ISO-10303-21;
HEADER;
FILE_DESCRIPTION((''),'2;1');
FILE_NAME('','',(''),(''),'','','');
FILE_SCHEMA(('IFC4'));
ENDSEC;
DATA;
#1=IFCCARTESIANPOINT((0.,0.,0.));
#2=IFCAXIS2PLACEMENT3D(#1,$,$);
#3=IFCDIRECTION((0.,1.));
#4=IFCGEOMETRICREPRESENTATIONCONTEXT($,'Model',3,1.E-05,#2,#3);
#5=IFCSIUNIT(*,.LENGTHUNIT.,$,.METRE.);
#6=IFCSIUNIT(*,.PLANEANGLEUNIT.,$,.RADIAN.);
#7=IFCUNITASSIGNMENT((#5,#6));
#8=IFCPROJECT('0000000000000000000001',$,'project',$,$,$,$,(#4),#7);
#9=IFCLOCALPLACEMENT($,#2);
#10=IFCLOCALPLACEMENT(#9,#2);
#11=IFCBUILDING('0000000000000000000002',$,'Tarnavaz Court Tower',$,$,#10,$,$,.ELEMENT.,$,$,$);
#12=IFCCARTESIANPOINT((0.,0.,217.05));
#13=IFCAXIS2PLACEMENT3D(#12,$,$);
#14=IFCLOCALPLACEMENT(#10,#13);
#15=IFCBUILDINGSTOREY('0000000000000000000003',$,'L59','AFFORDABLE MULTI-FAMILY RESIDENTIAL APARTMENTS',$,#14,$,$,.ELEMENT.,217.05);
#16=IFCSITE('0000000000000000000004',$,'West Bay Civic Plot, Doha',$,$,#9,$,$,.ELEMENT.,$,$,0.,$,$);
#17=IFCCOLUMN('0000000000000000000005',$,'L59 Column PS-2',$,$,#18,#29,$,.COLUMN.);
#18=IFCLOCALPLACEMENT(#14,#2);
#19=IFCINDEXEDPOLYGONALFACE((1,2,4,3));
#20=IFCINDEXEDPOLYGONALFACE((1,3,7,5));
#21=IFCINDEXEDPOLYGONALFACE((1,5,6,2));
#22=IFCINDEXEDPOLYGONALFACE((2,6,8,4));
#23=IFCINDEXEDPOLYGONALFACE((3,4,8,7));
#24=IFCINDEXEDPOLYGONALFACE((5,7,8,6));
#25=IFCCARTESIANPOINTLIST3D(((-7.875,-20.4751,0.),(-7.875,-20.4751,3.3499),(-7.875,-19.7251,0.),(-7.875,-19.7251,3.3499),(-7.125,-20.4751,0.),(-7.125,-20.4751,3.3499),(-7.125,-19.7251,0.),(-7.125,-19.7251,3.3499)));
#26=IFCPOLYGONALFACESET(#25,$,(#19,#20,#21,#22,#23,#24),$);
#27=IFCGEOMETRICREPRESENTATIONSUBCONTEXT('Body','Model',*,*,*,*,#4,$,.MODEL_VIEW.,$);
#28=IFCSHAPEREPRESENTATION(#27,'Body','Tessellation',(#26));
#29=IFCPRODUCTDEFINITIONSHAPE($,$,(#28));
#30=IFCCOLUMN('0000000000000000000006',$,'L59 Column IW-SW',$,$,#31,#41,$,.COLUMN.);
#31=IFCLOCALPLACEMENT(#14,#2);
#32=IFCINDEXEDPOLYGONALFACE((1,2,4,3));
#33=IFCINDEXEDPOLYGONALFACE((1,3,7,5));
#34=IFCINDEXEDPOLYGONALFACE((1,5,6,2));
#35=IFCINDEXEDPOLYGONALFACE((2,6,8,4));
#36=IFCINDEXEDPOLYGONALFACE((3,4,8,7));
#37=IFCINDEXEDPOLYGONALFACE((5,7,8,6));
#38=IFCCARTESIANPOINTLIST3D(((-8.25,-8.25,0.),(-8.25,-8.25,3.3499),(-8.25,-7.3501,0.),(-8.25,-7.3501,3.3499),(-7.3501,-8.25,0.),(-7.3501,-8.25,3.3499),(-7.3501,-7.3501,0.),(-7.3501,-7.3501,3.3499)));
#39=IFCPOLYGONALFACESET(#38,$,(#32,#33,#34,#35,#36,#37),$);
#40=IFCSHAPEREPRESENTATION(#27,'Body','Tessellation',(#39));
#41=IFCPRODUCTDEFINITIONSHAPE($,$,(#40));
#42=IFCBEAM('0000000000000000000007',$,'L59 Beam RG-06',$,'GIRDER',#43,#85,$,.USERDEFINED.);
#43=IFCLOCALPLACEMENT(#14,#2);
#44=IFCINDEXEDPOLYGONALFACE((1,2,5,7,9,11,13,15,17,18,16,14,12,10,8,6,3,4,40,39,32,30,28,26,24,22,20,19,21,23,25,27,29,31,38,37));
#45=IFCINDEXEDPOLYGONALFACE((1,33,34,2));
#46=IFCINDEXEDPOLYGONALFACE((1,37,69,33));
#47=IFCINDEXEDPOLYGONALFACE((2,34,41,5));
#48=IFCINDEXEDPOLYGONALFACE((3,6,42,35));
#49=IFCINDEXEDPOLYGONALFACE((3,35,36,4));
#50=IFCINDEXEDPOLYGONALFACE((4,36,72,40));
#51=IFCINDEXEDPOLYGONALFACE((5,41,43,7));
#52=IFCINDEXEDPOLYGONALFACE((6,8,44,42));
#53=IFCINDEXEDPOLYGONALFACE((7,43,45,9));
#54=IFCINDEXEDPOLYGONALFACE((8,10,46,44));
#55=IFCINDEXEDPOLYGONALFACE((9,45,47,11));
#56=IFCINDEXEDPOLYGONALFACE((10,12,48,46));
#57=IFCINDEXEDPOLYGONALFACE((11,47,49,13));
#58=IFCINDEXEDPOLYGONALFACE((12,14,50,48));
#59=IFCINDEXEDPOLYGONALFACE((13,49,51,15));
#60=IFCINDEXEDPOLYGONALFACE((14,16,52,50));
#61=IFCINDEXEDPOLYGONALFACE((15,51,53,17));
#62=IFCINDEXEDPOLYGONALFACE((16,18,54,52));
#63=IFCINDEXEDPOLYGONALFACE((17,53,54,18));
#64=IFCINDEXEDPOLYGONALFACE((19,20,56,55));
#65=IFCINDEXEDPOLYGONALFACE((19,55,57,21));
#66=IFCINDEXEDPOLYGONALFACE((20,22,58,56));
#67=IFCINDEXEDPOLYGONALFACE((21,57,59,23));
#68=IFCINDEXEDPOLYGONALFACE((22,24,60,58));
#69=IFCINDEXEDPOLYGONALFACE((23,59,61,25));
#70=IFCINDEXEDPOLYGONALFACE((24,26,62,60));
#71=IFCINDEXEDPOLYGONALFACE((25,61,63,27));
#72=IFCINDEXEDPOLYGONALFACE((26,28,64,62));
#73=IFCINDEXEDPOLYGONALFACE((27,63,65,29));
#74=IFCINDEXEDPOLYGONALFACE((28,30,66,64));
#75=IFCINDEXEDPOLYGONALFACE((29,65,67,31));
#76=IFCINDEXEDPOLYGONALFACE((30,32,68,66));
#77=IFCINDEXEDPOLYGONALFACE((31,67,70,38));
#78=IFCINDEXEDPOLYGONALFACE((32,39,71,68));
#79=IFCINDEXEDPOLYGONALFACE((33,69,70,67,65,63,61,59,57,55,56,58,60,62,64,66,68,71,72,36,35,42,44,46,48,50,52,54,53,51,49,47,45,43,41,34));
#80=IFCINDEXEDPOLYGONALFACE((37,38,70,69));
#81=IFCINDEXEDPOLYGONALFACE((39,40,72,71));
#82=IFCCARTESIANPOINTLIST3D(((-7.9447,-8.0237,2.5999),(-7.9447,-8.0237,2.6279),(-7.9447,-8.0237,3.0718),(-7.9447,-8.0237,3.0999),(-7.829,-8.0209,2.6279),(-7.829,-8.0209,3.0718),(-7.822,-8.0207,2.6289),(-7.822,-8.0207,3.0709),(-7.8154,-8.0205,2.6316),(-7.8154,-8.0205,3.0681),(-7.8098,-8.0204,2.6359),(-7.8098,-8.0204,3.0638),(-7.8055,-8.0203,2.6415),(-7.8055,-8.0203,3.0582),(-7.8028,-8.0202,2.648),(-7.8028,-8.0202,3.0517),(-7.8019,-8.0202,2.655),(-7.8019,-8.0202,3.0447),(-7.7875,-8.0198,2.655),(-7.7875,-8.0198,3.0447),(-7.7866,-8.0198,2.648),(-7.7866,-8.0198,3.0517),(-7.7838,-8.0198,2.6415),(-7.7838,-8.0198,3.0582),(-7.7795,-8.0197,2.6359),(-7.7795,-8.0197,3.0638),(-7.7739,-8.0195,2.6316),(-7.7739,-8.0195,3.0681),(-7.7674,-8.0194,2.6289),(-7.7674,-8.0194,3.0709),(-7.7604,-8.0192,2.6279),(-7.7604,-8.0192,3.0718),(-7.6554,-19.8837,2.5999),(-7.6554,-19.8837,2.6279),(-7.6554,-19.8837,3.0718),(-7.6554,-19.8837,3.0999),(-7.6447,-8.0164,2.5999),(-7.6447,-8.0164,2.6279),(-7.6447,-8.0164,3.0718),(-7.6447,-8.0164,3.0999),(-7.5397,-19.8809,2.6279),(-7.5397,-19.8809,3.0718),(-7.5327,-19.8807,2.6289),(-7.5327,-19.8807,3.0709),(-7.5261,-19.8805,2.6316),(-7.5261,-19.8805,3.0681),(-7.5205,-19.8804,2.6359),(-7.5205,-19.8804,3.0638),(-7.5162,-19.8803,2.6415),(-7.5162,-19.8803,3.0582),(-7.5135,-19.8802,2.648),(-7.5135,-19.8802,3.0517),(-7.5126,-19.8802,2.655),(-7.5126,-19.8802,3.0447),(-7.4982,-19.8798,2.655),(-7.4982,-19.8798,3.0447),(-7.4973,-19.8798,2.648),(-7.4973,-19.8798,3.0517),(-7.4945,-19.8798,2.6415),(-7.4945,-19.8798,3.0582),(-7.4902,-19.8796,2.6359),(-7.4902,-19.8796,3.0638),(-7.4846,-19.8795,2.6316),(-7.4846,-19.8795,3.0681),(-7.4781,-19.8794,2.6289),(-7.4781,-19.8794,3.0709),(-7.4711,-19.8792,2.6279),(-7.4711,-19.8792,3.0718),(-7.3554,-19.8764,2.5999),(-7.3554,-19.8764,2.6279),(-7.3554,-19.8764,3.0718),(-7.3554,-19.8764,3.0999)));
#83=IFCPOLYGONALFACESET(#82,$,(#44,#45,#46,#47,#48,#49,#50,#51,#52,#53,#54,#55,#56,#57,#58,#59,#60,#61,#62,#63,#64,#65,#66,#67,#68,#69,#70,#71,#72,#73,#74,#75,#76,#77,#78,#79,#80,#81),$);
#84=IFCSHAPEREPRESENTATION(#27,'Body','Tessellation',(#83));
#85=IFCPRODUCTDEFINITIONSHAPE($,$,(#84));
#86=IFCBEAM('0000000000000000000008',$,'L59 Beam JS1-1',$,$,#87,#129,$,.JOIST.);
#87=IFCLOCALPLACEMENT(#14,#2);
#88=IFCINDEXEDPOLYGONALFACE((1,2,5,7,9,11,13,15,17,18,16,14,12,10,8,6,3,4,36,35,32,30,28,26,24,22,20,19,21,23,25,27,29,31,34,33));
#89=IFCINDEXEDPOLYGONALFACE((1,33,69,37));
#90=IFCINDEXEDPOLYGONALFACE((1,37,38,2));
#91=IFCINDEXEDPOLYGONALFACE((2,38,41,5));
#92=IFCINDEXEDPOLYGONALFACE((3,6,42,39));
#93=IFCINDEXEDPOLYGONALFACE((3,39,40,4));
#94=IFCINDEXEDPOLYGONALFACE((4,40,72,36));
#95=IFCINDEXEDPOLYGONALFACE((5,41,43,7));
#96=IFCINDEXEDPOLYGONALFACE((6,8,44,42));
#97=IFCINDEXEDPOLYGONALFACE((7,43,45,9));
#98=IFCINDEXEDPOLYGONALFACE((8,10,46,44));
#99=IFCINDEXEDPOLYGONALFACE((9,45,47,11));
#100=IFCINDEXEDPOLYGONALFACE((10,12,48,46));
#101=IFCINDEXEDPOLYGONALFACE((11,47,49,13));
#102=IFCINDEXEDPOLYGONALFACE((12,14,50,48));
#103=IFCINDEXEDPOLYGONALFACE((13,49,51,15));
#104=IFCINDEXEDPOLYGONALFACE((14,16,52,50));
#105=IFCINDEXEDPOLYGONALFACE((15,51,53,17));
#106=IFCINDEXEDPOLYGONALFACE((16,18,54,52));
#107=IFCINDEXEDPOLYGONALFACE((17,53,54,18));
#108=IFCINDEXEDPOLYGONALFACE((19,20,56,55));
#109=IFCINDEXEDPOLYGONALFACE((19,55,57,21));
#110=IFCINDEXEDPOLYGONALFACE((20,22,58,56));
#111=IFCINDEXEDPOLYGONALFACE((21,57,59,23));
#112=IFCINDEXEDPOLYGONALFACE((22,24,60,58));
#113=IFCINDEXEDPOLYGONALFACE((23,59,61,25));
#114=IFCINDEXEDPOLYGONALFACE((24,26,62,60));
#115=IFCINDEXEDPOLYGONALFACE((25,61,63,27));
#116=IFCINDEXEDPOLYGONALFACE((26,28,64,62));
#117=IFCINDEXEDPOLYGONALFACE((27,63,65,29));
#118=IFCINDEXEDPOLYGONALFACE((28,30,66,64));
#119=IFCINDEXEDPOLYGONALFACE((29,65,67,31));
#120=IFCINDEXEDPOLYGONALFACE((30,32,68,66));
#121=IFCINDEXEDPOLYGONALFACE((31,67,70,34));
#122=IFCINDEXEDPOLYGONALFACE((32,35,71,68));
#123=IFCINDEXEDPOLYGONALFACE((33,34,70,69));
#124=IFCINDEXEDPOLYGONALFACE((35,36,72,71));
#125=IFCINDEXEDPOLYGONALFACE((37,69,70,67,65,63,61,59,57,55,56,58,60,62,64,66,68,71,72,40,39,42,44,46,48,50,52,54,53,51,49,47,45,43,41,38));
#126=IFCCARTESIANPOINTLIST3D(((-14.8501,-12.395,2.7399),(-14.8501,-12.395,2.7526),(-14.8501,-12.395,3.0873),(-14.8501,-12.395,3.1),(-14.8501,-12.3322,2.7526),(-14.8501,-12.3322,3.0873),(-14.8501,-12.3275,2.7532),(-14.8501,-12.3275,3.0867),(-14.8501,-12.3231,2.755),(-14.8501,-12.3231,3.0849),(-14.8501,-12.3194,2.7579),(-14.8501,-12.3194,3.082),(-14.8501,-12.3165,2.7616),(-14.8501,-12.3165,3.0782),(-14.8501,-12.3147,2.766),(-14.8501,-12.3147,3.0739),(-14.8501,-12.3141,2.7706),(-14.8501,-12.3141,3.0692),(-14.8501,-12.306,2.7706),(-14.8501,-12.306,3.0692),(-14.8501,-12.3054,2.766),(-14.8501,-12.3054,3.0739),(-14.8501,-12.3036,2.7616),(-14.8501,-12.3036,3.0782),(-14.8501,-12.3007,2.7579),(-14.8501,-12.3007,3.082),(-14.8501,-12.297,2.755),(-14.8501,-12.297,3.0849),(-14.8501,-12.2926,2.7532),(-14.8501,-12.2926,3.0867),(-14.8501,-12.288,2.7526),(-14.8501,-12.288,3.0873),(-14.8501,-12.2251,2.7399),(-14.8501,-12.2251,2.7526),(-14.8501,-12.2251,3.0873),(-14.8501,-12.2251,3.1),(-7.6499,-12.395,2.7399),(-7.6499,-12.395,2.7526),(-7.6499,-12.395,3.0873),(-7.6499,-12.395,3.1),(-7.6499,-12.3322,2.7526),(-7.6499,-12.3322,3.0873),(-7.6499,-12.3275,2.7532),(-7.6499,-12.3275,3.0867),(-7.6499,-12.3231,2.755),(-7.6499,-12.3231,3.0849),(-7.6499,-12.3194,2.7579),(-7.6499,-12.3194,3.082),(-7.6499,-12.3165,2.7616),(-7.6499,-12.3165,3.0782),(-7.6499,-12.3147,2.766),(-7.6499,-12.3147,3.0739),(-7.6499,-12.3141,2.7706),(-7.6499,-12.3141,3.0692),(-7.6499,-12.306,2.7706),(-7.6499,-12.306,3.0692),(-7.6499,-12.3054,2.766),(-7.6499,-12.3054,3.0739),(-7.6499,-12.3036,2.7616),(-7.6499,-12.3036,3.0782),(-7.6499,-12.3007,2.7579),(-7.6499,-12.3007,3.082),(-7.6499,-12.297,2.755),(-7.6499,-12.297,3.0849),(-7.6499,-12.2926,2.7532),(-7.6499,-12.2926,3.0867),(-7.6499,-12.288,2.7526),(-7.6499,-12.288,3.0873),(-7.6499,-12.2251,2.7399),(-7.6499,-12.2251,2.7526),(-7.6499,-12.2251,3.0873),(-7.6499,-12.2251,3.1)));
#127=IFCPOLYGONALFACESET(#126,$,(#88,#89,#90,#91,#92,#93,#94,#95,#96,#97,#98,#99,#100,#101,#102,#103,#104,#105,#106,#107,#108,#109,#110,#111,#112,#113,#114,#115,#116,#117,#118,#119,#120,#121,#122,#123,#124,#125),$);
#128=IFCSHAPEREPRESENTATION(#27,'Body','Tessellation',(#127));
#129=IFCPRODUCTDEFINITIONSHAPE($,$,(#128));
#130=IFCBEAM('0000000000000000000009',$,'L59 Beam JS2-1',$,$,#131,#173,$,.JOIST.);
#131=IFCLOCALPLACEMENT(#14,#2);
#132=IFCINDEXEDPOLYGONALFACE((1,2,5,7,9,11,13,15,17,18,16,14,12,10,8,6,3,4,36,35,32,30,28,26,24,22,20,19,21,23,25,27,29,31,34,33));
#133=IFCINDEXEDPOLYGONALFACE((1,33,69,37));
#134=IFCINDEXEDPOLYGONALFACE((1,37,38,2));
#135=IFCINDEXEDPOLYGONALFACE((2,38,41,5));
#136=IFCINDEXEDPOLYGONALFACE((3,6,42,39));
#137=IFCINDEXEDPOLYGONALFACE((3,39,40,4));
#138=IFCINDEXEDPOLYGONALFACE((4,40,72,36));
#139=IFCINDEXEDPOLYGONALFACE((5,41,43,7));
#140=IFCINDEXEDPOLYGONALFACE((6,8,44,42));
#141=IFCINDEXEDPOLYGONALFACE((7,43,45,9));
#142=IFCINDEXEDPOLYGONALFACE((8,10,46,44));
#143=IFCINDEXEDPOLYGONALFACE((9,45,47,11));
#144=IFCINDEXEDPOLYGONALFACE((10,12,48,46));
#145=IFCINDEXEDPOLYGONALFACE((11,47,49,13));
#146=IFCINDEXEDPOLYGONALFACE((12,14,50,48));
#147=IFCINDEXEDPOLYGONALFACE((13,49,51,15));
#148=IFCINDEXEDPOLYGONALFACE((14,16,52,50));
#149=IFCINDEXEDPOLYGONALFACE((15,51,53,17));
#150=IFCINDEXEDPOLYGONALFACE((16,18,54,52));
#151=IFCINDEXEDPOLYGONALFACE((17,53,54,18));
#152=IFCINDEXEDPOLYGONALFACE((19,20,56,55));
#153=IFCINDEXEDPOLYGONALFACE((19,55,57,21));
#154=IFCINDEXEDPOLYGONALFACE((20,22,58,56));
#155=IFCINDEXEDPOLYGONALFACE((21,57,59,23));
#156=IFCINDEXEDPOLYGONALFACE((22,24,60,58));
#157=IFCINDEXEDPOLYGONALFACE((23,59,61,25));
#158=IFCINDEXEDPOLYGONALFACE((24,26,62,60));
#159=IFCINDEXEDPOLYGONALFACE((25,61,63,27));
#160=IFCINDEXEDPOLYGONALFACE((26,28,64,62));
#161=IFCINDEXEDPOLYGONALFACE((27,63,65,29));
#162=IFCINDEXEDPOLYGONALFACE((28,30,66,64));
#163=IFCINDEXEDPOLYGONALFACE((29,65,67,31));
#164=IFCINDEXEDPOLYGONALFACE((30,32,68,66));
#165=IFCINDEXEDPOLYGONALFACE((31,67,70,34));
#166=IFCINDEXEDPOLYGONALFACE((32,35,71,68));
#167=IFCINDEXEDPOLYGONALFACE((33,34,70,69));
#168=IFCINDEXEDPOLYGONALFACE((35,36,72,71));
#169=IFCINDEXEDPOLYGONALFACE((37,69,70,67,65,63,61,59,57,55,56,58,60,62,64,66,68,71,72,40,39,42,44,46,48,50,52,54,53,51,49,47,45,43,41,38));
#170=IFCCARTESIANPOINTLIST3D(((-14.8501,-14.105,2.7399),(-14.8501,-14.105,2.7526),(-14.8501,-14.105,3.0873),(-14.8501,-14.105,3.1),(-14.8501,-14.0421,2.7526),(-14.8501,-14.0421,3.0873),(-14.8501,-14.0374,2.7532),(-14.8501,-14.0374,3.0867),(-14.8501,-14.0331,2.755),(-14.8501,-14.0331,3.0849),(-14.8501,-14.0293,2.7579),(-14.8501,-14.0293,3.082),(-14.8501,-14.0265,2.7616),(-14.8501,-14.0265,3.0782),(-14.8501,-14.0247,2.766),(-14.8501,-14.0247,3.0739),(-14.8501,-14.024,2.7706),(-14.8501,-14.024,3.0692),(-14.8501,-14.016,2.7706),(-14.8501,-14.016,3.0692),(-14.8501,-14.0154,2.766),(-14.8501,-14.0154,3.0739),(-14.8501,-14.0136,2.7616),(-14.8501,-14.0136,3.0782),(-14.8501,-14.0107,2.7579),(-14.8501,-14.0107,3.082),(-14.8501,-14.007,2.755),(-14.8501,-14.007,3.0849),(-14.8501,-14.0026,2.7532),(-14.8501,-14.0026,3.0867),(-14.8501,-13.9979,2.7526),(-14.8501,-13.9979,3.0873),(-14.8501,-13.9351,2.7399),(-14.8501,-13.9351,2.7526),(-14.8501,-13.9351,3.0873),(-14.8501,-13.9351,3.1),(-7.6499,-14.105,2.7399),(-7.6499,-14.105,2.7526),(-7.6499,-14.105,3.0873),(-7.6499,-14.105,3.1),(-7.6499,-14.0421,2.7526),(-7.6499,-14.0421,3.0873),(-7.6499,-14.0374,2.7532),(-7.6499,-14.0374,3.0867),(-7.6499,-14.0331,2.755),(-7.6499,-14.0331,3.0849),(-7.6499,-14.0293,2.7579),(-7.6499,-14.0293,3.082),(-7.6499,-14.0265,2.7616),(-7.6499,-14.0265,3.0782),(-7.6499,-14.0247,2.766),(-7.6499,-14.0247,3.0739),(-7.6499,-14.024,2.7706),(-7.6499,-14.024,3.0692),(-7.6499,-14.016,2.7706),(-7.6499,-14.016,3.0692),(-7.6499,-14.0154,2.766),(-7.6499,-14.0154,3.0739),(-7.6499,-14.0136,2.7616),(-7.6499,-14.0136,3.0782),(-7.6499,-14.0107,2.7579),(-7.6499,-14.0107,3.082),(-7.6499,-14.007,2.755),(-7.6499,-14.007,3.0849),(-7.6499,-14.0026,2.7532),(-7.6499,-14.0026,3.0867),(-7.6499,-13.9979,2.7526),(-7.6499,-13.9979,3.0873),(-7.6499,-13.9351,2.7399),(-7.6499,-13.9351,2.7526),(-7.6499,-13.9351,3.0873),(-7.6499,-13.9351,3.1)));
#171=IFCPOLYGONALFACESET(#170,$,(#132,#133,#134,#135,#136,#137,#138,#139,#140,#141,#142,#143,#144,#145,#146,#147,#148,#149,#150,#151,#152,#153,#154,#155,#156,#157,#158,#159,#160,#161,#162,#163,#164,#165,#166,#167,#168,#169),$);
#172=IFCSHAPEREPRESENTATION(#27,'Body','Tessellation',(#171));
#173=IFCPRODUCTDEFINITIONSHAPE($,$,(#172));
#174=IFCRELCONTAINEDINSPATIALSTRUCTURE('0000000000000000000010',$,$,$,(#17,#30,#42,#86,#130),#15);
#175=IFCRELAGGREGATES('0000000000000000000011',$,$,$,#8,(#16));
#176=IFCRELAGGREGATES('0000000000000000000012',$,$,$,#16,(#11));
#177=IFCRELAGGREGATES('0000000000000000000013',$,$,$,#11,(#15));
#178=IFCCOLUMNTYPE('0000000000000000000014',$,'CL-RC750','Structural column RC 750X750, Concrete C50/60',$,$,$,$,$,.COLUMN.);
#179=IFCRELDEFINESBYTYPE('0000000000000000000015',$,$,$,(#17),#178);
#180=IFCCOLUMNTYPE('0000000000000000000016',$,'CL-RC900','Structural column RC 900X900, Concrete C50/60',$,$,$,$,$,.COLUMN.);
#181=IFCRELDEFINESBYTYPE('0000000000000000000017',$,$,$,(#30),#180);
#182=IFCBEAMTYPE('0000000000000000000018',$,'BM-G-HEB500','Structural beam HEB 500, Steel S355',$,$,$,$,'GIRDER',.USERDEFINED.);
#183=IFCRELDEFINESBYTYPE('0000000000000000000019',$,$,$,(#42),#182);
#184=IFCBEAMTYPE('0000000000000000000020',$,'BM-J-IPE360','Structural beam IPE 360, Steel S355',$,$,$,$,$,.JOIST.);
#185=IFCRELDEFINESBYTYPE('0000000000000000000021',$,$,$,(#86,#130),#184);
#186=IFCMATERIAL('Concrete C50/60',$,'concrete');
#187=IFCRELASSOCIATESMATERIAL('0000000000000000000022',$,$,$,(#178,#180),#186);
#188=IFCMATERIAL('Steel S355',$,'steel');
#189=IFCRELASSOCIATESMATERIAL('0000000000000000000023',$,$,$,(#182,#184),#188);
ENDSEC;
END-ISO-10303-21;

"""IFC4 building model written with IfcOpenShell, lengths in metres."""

from ifc_helpers import new_model, si_unit, direction, frame, origin, origin_2d, place, context, subcontext, project, spatial, rectangle, i_section, extrude, material, material_profile, profile_set, type_object, element, save


model = new_model("IFC4")

# Units and contexts
model_context = context("Model", 3, precision=1e-05, world=origin(), true_north=direction((0.0, 1.0)))
body_context = subcontext(model_context, "Body", "Model", "MODEL_VIEW")
ifc_project = project(units=[si_unit("LENGTHUNIT", "METRE"), si_unit("PLANEANGLEUNIT", "RADIAN")], contexts=[model_context])

# Site, building, storey
site_placement = place(None, origin())
site = spatial("IfcSite", under=ifc_project, at=site_placement, Name="West Bay Civic Plot, Doha", CompositionType="ELEMENT", RefElevation=0.0)
building_placement = place(site_placement, origin())
building = spatial("IfcBuilding", under=site, at=building_placement, Name="Tarnavaz Court Tower", CompositionType="ELEMENT")
storey_placement = place(building_placement, frame((0.0, 0.0, 217.05)))
storey = spatial("IfcBuildingStorey", under=building, at=storey_placement, Name="L59", Description="AFFORDABLE MULTI-FAMILY RESIDENTIAL APARTMENTS", CompositionType="ELEMENT", Elevation=217.05)

# Columns
ifc_material_1 = material(Name="Concrete C50/60", Category="concrete")
ifc_material_profile_1 = material_profile(ifc_material_1, rectangle(XDim=0.75, YDim=0.75, at=origin_2d()), Name="RC 750X750")
ifc_profile_set_1 = profile_set([ifc_material_profile_1], Name="Concrete C50/60")
column_type_1 = type_object("IfcColumnType", Name="CL-RC750", Description="Structural column RC 750X750, Concrete C50/60", PredefinedType="COLUMN", material=ifc_profile_set_1)
column_1_placement = place(storey_placement, frame((-7.5, -20.1001, 0.0), z_axis=(0.0, 0.0, 1.0), x_axis=(1.0, 0.0, 0.0)))
element("IfcColumn", 1, at=column_1_placement, inside=storey, type_object=column_type_1, Name="L59 Column PS-2", PredefinedType="COLUMN", context=body_context, shape_type="SweptSolid", body=[
    extrude(rectangle(XDim=0.75, YDim=0.75, at=origin_2d()), origin(), (0.0, 0.0, 1.0), 3.3499),
])
ifc_material_profile_2 = material_profile(ifc_material_1, rectangle(XDim=0.8999, YDim=0.8999, at=origin_2d()), Name="RC 900X900")
ifc_profile_set_2 = profile_set([ifc_material_profile_2], Name="Concrete C50/60")
column_type_2 = type_object("IfcColumnType", Name="CL-RC900", Description="Structural column RC 900X900, Concrete C50/60", PredefinedType="COLUMN", material=ifc_profile_set_2)
column_2_placement = place(storey_placement, frame((-7.8, -7.8, 0.0), z_axis=(0.0, 0.0, 1.0), x_axis=(1.0, 0.0, 0.0)))
element("IfcColumn", 2, at=column_2_placement, inside=storey, type_object=column_type_2, Name="L59 Column IW-SW", PredefinedType="COLUMN", context=body_context, shape_type="SweptSolid", body=[
    extrude(rectangle(XDim=0.8999, YDim=0.8999, at=origin_2d()), origin(), (0.0, 0.0, 1.0), 3.3499),
])

# Beams
ifc_material_2 = material(Name="Steel S355", Category="steel")
ifc_material_profile_3 = material_profile(ifc_material_2, i_section(OverallWidth=0.3, OverallDepth=0.5, WebThickness=0.0144, FlangeThickness=0.0281, FilletRadius=0.0271, at=origin_2d()), Name="HEB 500")
ifc_profile_set_3 = profile_set([ifc_material_profile_3], Name="Steel S355")
beam_type_1 = type_object("IfcBeamType", Name="BM-G-HEB500", Description="Structural beam HEB 500, Steel S355", ElementType="GIRDER", PredefinedType="USERDEFINED", material=ifc_profile_set_3)
beam_1_placement = place(storey_placement, frame((-7.7947, -8.02, 2.8499), z_axis=(0.024386, -0.999703, 0.0), x_axis=(0.999703, 0.024386, 0.0)))
element("IfcBeam", 3, at=beam_1_placement, inside=storey, type_object=beam_type_1, Name="L59 Beam RG-06", ObjectType="GIRDER", PredefinedType="USERDEFINED", context=body_context, shape_type="SweptSolid", body=[
    extrude(i_section(OverallWidth=0.3, OverallDepth=0.5, WebThickness=0.0144, FlangeThickness=0.0281, FilletRadius=0.0271, at=origin_2d()), origin(), (0.0, 0.0, 1.0), 11.8635),
])
ifc_material_profile_4 = material_profile(ifc_material_2, i_section(OverallWidth=0.1699, OverallDepth=0.3601, WebThickness=0.0081, FlangeThickness=0.0127, FilletRadius=0.0181, at=origin_2d()), Name="IPE 360")
ifc_profile_set_4 = profile_set([ifc_material_profile_4], Name="Steel S355")
beam_type_2 = type_object("IfcBeamType", Name="BM-J-IPE360", Description="Structural beam IPE 360, Steel S355", PredefinedType="JOIST", material=ifc_profile_set_4)
for number, where, z_axis, x_axis, name in (
    (4, (-14.8501, -12.3101, 2.9199), (1.0, 0.0, 0.0), (0.0, 1.0, 0.0), "L59 Beam JS1-1"),
    (5, (-14.8501, -14.02, 2.9199), (1.0, 0.0, 0.0), (0.0, 1.0, 0.0), "L59 Beam JS2-1"),
):
    element("IfcBeam", number, at=place(storey_placement, frame(where, z_axis=z_axis, x_axis=x_axis)), inside=storey, type_object=beam_type_2, Name=name, PredefinedType="JOIST", context=body_context, shape_type="SweptSolid", body=[
        extrude(i_section(OverallWidth=0.1699, OverallDepth=0.3601, WebThickness=0.0081, FlangeThickness=0.0127, FilletRadius=0.0181, at=origin_2d()), origin(), (0.0, 0.0, 1.0), 7.2002),
    ])

save(model, "model.ifc")
